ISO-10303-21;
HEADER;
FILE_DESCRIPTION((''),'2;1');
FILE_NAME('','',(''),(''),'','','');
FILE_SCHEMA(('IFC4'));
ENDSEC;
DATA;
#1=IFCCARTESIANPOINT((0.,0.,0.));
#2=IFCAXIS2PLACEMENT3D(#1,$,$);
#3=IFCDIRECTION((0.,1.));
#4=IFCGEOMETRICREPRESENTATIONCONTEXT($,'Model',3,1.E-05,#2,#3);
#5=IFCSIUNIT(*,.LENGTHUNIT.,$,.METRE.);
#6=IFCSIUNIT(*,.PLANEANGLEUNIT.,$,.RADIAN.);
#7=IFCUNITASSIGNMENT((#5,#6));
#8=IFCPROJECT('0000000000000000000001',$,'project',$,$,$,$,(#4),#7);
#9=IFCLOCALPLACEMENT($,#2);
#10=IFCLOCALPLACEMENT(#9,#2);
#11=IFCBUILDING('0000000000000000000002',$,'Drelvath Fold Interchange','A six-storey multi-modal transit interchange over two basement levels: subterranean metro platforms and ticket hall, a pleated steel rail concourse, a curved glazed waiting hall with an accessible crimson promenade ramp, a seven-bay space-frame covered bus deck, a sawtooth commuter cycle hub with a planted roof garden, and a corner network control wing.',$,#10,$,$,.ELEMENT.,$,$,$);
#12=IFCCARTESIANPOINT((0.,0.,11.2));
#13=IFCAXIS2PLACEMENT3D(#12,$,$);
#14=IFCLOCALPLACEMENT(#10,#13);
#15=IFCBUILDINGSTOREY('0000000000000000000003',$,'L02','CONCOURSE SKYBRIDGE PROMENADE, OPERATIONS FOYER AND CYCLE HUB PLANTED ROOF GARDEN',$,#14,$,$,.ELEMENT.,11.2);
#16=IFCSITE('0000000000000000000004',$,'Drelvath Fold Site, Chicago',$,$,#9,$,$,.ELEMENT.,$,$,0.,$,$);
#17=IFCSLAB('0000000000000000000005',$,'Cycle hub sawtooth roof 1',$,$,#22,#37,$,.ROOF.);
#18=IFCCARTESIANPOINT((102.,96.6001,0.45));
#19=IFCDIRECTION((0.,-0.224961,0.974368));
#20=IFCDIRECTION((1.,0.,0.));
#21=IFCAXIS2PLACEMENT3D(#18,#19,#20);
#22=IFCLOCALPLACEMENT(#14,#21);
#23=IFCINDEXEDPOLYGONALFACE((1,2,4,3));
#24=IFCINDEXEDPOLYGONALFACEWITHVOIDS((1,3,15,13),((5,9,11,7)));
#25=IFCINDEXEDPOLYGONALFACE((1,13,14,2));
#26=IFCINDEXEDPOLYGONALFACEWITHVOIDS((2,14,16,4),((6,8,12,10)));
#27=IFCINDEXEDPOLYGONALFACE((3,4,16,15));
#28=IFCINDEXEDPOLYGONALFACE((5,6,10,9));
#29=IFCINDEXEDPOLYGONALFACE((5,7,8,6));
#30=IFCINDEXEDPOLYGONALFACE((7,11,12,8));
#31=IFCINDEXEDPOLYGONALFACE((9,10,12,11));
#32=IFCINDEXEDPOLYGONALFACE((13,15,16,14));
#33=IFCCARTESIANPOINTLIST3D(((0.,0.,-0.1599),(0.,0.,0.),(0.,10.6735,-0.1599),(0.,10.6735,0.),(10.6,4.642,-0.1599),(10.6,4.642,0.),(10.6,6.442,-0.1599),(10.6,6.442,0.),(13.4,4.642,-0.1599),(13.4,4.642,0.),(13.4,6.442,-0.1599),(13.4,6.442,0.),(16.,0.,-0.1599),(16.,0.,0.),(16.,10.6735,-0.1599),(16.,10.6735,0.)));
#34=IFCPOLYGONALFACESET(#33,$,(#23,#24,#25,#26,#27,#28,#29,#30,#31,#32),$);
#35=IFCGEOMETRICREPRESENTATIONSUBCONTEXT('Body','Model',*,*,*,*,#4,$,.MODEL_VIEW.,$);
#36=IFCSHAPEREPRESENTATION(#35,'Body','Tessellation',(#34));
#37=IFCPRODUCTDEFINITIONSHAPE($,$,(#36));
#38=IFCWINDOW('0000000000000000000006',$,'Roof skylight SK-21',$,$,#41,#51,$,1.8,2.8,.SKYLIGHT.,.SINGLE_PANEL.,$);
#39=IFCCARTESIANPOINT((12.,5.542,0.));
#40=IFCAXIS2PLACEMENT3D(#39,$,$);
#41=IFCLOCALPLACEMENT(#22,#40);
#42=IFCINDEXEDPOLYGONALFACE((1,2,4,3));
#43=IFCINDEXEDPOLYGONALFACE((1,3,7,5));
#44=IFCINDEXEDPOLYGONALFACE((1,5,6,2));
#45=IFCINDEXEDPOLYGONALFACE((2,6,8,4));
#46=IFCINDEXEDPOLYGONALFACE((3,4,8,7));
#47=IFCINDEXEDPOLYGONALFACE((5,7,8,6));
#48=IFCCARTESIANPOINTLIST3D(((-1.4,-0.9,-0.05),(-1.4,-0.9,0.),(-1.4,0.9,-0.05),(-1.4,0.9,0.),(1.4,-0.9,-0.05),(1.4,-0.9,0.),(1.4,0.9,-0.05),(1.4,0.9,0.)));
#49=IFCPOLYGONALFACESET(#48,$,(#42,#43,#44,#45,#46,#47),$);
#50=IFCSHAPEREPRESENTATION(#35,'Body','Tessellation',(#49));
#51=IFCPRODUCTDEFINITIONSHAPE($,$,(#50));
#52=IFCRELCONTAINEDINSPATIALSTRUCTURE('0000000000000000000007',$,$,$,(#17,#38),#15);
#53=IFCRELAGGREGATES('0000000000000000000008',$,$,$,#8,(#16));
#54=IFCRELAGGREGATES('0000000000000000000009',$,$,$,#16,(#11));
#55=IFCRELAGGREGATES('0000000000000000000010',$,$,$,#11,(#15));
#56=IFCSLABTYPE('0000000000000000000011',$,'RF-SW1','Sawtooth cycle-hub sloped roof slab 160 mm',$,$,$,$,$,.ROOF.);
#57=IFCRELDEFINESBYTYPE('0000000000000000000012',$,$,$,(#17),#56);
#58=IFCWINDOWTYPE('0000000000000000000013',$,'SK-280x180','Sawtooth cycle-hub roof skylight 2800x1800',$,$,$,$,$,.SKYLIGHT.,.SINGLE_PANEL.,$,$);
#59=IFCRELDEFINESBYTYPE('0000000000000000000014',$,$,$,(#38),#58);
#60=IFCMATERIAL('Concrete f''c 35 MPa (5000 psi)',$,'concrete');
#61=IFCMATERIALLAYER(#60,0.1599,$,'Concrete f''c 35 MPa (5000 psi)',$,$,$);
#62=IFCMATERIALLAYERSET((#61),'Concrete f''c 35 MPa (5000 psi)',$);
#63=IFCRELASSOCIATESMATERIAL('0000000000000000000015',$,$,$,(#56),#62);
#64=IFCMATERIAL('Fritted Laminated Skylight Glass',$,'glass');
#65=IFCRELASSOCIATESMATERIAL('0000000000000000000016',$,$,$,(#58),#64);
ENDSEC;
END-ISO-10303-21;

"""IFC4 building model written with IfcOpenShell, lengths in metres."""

from ifc_helpers import new_model, si_unit, direction, frame, origin, origin_2d, place, context, subcontext, project, spatial, polyline, rectangle, outline, extrude, material, layer, layer_set, type_object, element, fill, save


model = new_model("IFC4")

# Units and contexts
model_context = context("Model", 3, precision=1e-05, world=origin(), true_north=direction((0.0, 1.0)))
body_context = subcontext(model_context, "Body", "Model", "MODEL_VIEW")
ifc_project = project(units=[si_unit("LENGTHUNIT", "METRE"), si_unit("PLANEANGLEUNIT", "RADIAN")], contexts=[model_context])

# Site, building, storey
site_placement = place(None, origin())
site = spatial("IfcSite", under=ifc_project, at=site_placement, Name="Drelvath Fold Site, Chicago", CompositionType="ELEMENT", RefElevation=0.0)
building_placement = place(site_placement, origin())
building = spatial("IfcBuilding", under=site, at=building_placement, Name="Drelvath Fold Interchange", Description="A six-storey multi-modal transit interchange over two basement levels: subterranean metro platforms and ticket hall, a pleated steel rail concourse, a curved glazed waiting hall with an accessible crimson promenade ramp, a seven-bay space-frame covered bus deck, a sawtooth commuter cycle hub with a planted roof garden, and a corner network control wing.", CompositionType="ELEMENT")
storey_placement = place(building_placement, frame((0.0, 0.0, 11.2)))
storey = spatial("IfcBuildingStorey", under=building, at=storey_placement, Name="L02", Description="CONCOURSE SKYBRIDGE PROMENADE, OPERATIONS FOYER AND CYCLE HUB PLANTED ROOF GARDEN", CompositionType="ELEMENT", Elevation=11.2)

# Slab, opening, window
ifc_material_1 = material(Name="Concrete f'c 35 MPa (5000 psi)", Category="concrete")
ifc_layer_1 = layer(ifc_material_1, 0.1599, Name="Concrete f'c 35 MPa (5000 psi)")
ifc_layer_set_1 = layer_set([ifc_layer_1], Name="Concrete f'c 35 MPa (5000 psi)")
slab_type = type_object("IfcSlabType", Name="RF-SW1", Description="Sawtooth cycle-hub sloped roof slab 160 mm", PredefinedType="ROOF", material=ifc_layer_set_1)
slab_placement = place(storey_placement, frame((102.0, 96.6001, 0.45), z_axis=(0.0, -0.224961, 0.974368), x_axis=(1.0, 0.0, 0.0)))
slab = element("IfcSlab", 1, at=slab_placement, inside=storey, type_object=slab_type, Name="Cycle hub sawtooth roof 1", PredefinedType="ROOF", context=body_context, shape_type="SweptSolid", body=[
    extrude(outline(polyline([(0.0, 0.0), (16.0, 0.0), (16.0, 10.6735), (0.0, 10.6735), (0.0, 0.0)])), origin(), (0.0, 0.0, -1.0), 0.1599),
])
opening_placement = place(slab_placement, frame((12.0, 5.542, 0.01)))
opening = element("IfcOpeningElement", 2, at=opening_placement, cuts=slab, PredefinedType="OPENING", context=body_context, shape_type="SweptSolid", body=[
    extrude(rectangle(XDim=2.8, YDim=1.8, at=origin_2d()), origin(), (0.0, 0.0, -1.0), 0.1799),
])
ifc_material_2 = material(Name="Fritted Laminated Skylight Glass", Category="glass")
window_type = type_object("IfcWindowType", Name="SK-280x180", Description="Sawtooth cycle-hub roof skylight 2800x1800", PartitioningType="SINGLE_PANEL", PredefinedType="SKYLIGHT", material=ifc_material_2)
window_placement = place(slab_placement, frame((12.0, 5.542, 0.0)))
window = element("IfcWindow", 3, at=window_placement, inside=storey, type_object=window_type, Name="Roof skylight SK-21", OverallHeight=1.8, OverallWidth=2.8, PartitioningType="SINGLE_PANEL", PredefinedType="SKYLIGHT", context=body_context, shape_type="SweptSolid", body=[
    extrude(rectangle(XDim=2.8, YDim=1.8, at=origin_2d()), origin(), (0.0, 0.0, -1.0), 0.05),
])
fill(opening, window)

save(model, "model.ifc")
